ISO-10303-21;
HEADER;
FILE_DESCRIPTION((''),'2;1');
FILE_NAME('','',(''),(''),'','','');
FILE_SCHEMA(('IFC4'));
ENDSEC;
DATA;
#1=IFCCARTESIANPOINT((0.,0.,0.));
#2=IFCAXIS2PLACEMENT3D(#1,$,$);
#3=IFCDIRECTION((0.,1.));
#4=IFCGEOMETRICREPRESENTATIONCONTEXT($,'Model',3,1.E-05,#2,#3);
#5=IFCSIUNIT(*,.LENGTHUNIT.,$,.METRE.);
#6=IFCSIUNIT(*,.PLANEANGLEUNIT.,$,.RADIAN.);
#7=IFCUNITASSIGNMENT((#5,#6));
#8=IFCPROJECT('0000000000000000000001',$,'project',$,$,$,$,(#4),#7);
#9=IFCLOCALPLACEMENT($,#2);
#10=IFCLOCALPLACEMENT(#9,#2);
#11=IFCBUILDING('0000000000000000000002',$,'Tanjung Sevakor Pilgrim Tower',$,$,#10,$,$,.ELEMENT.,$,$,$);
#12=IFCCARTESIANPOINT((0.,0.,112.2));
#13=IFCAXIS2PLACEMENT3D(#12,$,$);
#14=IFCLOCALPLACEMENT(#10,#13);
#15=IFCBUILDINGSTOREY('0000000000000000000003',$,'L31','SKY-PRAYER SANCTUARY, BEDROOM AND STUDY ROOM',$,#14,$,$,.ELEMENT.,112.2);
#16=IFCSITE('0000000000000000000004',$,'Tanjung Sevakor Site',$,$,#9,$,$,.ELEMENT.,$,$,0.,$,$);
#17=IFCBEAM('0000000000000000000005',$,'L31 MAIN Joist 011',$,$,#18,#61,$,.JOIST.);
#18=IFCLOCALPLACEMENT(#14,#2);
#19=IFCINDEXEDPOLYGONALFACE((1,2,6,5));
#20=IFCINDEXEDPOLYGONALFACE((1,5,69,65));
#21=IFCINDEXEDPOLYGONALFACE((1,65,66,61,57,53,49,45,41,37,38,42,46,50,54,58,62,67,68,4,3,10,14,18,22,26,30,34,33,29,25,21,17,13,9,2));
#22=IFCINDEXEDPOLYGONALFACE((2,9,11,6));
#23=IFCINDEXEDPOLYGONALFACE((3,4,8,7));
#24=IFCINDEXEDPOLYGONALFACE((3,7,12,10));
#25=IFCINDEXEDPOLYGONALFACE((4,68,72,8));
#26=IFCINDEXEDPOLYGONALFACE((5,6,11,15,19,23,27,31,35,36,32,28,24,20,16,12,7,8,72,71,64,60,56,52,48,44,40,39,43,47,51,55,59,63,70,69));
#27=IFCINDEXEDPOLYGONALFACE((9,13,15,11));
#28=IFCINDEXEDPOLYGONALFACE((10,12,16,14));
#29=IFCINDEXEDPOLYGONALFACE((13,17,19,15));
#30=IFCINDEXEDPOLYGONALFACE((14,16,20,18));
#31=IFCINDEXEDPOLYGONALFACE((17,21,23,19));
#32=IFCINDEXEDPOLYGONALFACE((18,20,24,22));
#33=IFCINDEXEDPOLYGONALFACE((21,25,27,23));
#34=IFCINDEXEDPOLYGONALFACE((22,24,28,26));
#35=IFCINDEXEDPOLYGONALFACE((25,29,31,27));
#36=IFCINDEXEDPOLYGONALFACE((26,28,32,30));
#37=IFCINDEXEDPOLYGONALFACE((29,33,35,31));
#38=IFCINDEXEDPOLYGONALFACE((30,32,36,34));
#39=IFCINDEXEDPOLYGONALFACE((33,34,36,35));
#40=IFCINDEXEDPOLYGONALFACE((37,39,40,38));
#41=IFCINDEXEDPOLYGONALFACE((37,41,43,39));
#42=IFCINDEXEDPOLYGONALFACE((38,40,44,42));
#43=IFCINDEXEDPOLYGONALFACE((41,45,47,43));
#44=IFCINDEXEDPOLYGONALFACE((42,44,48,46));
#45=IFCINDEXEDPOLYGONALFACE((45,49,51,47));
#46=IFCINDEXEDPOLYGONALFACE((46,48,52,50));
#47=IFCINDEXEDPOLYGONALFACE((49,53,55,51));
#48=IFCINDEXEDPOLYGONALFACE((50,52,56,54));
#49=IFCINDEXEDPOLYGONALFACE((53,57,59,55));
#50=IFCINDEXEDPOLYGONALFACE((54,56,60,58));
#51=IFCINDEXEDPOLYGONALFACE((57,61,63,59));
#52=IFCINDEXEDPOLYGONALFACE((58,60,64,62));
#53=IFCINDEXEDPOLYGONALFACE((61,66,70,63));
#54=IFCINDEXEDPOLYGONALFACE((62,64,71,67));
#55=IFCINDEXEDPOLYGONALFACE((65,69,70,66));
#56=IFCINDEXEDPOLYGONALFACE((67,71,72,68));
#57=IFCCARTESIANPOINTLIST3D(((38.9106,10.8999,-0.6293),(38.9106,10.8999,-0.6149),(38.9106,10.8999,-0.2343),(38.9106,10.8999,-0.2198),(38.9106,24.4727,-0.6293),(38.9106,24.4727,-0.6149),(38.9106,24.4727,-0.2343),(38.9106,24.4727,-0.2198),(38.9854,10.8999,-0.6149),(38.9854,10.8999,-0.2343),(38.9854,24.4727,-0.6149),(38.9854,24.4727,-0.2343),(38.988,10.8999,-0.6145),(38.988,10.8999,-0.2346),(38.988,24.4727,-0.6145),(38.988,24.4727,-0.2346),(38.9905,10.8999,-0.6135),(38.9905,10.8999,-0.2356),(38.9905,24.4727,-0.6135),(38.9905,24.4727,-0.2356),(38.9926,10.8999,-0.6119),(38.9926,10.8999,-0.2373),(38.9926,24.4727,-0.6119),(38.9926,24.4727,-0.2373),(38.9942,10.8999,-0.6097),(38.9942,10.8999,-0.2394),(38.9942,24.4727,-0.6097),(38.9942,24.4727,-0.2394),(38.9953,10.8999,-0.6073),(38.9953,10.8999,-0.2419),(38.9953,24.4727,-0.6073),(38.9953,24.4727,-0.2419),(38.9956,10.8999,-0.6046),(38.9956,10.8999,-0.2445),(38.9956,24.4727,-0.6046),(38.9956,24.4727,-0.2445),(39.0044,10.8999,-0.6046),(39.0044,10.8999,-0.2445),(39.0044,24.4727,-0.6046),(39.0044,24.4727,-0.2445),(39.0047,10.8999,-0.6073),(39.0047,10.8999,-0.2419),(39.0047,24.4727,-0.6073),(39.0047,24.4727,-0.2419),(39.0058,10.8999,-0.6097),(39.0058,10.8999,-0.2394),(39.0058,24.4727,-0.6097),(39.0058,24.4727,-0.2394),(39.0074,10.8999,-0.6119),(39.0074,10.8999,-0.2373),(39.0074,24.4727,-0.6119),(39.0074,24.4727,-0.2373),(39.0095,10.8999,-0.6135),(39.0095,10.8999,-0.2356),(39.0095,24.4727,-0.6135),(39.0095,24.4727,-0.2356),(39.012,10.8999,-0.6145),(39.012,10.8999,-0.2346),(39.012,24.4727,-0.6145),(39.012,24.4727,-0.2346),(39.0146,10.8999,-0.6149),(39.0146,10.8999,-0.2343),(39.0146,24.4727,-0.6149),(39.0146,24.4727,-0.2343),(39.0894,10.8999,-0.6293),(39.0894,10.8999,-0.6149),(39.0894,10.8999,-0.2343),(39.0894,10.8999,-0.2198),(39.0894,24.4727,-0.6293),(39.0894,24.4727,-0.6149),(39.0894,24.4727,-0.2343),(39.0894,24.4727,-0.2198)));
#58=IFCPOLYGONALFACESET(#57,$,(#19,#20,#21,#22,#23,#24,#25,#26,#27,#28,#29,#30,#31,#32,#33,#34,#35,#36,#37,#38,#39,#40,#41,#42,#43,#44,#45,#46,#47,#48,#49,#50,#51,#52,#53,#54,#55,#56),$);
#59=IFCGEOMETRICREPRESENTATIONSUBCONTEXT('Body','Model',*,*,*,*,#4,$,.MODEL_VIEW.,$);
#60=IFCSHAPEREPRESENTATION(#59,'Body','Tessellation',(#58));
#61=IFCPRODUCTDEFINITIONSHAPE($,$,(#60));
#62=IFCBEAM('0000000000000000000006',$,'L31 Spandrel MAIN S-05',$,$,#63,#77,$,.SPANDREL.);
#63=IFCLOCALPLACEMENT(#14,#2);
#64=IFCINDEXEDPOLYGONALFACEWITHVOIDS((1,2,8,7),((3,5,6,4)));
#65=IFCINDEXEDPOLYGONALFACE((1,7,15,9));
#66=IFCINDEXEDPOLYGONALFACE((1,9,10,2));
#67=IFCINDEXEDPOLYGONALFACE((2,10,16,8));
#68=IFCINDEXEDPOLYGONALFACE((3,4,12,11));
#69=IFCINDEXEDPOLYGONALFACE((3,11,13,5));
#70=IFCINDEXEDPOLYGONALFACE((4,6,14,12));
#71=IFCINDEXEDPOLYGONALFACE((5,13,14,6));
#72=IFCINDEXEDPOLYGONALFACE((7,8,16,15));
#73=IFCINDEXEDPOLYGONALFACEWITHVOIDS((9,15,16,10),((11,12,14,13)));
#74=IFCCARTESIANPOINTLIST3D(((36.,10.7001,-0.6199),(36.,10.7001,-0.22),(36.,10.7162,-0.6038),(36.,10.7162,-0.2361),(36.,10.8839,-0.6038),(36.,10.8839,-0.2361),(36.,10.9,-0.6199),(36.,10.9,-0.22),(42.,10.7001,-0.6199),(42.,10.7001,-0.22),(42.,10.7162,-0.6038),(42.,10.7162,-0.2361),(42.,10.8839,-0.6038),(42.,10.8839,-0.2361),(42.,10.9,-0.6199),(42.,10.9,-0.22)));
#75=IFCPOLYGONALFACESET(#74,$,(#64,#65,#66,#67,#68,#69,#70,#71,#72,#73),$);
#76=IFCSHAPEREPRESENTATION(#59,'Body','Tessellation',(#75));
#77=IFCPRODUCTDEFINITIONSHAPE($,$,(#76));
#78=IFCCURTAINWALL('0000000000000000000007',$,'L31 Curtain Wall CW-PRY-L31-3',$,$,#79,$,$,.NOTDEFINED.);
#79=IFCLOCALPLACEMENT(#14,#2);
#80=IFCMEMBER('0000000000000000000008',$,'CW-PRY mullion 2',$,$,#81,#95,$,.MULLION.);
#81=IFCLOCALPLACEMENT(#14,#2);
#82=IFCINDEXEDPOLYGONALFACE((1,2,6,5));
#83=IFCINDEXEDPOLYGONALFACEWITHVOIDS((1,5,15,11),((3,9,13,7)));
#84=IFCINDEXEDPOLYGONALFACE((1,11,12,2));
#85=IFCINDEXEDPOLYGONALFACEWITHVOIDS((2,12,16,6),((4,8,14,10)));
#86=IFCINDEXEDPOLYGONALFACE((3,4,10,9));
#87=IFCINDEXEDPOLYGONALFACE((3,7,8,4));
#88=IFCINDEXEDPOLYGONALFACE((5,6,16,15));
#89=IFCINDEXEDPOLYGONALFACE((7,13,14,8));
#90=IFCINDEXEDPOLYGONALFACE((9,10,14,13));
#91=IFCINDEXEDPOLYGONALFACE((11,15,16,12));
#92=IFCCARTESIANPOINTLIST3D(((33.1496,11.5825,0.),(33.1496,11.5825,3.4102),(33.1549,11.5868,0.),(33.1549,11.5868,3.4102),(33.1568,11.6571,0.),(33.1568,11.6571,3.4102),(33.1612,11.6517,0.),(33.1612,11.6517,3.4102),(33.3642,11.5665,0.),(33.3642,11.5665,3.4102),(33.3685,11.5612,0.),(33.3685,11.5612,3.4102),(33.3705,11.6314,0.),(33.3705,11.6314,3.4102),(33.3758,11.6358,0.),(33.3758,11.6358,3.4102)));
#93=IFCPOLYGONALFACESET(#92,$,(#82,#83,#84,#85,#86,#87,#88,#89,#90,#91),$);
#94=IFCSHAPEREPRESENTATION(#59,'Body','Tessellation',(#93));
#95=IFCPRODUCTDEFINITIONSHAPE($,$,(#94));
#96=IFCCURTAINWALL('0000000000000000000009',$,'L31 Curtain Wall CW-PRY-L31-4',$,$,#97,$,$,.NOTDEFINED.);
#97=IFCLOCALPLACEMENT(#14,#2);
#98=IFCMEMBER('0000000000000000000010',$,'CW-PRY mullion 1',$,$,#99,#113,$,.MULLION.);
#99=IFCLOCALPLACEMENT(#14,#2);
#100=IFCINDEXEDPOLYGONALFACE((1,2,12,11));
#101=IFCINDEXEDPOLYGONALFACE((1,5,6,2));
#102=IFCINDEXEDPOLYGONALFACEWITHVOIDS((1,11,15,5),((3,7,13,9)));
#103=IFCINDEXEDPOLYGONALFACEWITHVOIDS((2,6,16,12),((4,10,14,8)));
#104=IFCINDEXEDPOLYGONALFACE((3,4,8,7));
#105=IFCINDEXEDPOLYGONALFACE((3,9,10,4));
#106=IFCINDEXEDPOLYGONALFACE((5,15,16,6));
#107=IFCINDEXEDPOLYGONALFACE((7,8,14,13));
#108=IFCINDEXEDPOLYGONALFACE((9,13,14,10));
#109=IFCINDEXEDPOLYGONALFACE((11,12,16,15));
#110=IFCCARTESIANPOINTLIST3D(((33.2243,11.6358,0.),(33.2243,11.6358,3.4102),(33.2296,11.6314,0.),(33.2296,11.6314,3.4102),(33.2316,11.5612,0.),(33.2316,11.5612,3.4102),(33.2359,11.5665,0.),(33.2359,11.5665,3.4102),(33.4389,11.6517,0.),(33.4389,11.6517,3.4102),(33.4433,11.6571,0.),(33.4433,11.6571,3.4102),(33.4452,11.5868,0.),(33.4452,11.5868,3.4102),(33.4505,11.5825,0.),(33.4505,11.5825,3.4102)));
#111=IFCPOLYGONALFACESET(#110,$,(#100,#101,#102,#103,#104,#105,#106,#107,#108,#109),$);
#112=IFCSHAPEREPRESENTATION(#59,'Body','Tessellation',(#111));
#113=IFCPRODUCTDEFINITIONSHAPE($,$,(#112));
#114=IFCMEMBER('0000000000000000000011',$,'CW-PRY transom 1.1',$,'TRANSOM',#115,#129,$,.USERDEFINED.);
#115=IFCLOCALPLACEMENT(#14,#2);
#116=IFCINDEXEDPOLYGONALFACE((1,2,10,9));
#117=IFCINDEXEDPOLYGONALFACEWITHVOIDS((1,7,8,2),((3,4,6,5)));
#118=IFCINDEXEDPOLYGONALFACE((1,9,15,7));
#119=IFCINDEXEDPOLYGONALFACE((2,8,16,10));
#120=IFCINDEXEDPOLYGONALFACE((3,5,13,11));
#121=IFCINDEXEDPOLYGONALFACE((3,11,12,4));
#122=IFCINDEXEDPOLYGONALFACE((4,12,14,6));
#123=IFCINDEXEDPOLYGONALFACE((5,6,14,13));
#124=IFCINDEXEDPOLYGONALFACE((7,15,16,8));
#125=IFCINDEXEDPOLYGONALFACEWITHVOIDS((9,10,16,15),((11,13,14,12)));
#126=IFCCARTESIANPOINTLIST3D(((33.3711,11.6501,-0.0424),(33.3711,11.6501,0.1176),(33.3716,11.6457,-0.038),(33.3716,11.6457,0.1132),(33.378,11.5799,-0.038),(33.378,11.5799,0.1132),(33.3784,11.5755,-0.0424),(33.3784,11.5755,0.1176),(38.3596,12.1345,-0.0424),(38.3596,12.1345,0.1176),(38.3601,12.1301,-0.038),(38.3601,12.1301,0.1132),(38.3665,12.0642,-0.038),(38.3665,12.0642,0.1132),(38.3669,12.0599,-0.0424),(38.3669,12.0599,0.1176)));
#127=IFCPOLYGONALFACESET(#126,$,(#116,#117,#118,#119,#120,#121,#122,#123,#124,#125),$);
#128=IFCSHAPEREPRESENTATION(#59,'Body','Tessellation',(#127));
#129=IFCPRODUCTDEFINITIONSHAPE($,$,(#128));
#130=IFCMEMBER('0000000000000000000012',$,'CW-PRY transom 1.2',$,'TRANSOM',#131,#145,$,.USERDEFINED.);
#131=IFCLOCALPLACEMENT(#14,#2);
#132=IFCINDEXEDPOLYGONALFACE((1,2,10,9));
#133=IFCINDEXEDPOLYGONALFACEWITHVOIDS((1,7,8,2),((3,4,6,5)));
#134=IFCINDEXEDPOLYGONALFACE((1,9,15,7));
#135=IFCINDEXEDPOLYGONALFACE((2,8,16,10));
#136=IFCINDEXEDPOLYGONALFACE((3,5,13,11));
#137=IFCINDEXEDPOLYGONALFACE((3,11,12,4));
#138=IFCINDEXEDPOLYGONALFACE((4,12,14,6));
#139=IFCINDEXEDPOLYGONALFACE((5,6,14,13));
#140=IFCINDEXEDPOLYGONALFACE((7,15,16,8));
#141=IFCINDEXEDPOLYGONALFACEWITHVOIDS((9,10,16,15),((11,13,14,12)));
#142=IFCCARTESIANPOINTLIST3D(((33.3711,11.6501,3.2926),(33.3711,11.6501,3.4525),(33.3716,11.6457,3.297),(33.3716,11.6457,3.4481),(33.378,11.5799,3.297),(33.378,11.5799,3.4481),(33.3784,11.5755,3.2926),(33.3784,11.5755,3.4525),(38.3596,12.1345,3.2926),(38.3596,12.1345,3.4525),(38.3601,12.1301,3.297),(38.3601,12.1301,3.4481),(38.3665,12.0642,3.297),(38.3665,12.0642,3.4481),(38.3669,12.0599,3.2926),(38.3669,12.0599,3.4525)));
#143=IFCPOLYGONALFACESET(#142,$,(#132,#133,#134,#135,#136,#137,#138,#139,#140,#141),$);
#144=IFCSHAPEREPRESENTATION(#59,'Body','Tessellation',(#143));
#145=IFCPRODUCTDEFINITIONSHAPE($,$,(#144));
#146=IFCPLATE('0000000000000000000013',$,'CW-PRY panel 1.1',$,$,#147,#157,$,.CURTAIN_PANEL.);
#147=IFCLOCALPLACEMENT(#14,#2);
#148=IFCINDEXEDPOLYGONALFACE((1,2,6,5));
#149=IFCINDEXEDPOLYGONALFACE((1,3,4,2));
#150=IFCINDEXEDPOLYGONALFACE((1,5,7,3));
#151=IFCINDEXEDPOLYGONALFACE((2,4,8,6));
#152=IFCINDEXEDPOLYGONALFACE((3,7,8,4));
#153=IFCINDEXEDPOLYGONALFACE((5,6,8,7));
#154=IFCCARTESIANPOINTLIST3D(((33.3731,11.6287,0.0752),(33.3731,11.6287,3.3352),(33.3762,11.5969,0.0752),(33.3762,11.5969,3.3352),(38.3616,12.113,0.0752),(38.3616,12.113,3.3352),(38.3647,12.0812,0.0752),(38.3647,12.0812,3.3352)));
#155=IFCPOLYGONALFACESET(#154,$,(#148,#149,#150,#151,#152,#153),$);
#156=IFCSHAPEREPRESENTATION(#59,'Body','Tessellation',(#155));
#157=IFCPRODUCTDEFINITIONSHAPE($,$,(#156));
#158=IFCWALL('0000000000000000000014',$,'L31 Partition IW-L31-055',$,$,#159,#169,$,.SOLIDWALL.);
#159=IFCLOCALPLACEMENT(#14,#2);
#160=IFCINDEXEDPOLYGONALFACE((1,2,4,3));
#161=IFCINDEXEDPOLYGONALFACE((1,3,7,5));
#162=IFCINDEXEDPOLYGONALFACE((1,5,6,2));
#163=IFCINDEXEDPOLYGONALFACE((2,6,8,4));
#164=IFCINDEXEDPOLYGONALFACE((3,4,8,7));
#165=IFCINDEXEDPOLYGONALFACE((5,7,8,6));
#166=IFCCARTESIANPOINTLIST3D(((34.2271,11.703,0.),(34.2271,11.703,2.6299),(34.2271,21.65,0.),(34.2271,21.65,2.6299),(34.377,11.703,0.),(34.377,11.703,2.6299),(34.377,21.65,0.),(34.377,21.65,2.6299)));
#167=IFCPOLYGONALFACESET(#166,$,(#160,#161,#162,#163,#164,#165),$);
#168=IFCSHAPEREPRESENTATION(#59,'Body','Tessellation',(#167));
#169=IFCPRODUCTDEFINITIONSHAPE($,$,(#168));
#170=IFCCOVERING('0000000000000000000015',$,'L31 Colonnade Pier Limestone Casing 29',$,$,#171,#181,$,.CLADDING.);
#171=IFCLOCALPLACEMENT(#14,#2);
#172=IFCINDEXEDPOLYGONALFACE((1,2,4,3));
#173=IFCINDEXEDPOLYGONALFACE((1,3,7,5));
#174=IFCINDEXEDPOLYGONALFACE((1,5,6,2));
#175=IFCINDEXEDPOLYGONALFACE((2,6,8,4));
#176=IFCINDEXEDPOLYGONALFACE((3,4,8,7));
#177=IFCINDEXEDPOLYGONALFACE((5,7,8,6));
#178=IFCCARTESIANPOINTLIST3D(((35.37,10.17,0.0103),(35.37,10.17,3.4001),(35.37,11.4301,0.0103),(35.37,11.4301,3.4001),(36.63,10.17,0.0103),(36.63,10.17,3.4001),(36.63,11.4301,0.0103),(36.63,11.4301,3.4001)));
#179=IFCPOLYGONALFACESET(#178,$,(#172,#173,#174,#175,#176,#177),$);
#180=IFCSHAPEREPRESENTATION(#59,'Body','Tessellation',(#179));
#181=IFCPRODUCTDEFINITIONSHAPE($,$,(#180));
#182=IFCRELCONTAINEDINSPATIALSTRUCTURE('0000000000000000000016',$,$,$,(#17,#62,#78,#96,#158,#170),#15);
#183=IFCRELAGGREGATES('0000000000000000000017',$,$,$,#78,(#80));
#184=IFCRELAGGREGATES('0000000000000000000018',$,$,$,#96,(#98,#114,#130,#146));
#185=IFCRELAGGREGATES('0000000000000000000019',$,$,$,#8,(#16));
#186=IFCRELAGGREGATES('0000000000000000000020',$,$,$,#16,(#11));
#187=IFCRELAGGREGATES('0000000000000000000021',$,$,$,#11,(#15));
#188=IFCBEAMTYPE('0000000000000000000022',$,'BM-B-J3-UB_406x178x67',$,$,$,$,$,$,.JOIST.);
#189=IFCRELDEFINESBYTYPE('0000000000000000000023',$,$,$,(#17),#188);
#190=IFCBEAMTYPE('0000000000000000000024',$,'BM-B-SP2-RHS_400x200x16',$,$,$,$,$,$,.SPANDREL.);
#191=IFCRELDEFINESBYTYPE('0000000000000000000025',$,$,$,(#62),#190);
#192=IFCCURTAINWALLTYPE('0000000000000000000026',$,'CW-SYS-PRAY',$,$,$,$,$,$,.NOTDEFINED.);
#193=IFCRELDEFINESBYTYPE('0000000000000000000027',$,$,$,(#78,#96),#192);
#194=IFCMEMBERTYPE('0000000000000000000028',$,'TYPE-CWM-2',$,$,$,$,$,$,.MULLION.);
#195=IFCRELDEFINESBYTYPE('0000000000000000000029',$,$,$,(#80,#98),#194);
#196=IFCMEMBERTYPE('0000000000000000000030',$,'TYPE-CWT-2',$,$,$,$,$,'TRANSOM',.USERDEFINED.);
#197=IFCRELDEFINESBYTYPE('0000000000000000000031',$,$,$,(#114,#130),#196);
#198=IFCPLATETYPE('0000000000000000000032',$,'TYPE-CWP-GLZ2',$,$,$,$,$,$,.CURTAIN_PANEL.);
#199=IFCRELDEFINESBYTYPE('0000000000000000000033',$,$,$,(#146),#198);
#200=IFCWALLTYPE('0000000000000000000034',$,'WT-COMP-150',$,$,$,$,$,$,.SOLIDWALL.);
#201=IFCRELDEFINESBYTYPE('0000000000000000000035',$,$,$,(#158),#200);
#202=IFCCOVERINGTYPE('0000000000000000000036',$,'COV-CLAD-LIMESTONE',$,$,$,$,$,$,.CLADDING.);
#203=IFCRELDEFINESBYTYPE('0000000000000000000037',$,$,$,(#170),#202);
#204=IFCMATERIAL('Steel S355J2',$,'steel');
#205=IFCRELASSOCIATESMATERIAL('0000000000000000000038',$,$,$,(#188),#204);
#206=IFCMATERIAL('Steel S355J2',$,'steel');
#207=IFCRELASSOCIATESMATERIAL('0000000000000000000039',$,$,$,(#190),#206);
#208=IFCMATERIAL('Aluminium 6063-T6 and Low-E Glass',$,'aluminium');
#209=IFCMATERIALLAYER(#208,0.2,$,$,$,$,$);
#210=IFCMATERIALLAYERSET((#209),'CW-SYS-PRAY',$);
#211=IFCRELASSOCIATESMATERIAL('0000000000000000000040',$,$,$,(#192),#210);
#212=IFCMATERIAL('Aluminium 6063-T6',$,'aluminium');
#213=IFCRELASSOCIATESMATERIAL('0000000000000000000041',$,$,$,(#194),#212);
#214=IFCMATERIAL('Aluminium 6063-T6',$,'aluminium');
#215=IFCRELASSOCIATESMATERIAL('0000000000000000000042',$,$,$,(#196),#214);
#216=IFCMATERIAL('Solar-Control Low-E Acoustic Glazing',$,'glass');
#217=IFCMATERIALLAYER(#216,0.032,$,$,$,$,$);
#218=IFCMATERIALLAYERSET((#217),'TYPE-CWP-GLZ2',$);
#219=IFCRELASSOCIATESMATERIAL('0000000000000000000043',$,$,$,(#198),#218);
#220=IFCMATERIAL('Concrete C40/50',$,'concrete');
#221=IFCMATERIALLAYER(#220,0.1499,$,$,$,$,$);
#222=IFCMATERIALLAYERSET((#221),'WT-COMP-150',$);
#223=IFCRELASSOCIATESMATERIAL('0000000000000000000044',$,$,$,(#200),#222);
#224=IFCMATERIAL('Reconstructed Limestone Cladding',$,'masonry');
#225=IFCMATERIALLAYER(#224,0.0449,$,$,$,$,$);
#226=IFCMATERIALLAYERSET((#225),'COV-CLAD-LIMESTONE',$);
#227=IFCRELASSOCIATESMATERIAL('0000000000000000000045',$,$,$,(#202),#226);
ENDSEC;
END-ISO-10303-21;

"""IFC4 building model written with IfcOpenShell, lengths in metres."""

from ifc_helpers import new_model, si_unit, direction, frame, frame_2d, origin, origin_2d, place, context, subcontext, project, spatial, rectangle, hollow_rectangle, i_section, extrude, material, layer, layer_set, material_profile, profile_set, type_object, element, aggregate, save


model = new_model("IFC4")

# Units and contexts
model_context = context("Model", 3, precision=1e-05, world=origin(), true_north=direction((0.0, 1.0)))
body_context = subcontext(model_context, "Body", "Model", "MODEL_VIEW")
ifc_project = project(units=[si_unit("LENGTHUNIT", "METRE"), si_unit("PLANEANGLEUNIT", "RADIAN")], contexts=[model_context])

# Site, building, storey
site_placement = place(None, origin())
site = spatial("IfcSite", under=ifc_project, at=site_placement, Name="Tanjung Sevakor Site", CompositionType="ELEMENT", RefElevation=0.0)
building_placement = place(site_placement, origin())
building = spatial("IfcBuilding", under=site, at=building_placement, Name="Tanjung Sevakor Pilgrim Tower", CompositionType="ELEMENT")
storey_placement = place(building_placement, frame((0.0, 0.0, 112.2)))
storey = spatial("IfcBuildingStorey", under=building, at=storey_placement, Name="L31", Description="SKY-PRAYER SANCTUARY, BEDROOM AND STUDY ROOM", CompositionType="ELEMENT", Elevation=112.2)

# Beams
ifc_material_1 = material(Name="Steel S355J2", Category="steel")
ifc_material_profile_1 = material_profile(ifc_material_1, i_section(OverallWidth=0.1787, OverallDepth=0.4094, WebThickness=0.0088, FlangeThickness=0.0144, FilletRadius=0.0103, at=origin_2d()))
ifc_profile_set_1 = profile_set([ifc_material_profile_1], Name="Steel S355J2")
beam_type_1 = type_object("IfcBeamType", Name="BM-B-J3-UB_406x178x67", PredefinedType="JOIST", material=ifc_profile_set_1)
for number, where, z_axis, x_axis, name in (
    (1, (39.0, 10.8999, -0.4246), (0.0, 1.0, 0.0), (-1.0, 0.0, 0.0), "L31 MAIN Joist 011"),
):
    element("IfcBeam", number, at=place(storey_placement, frame(where, z_axis=z_axis, x_axis=x_axis)), inside=storey, type_object=beam_type_1, Name=name, PredefinedType="JOIST", context=body_context, shape_type="SweptSolid", body=[
        extrude(i_section(OverallWidth=0.1787, OverallDepth=0.4094, WebThickness=0.0088, FlangeThickness=0.0144, FilletRadius=0.0103, at=origin_2d()), origin(), (0.0, 0.0, 1.0), 13.5728),
    ])
ifc_material_2 = material(Name="Steel S355J2", Category="steel")
ifc_material_profile_2 = material_profile(ifc_material_2, hollow_rectangle(XDim=0.2, YDim=0.3999, WallThickness=0.0161, at=origin_2d()))
ifc_profile_set_2 = profile_set([ifc_material_profile_2], Name="Steel S355J2")
beam_type_2 = type_object("IfcBeamType", Name="BM-B-SP2-RHS_400x200x16", PredefinedType="SPANDREL", material=ifc_profile_set_2)
beam_1_placement = place(storey_placement, frame((36.0, 10.8, -0.4199), z_axis=(1.0, 0.0, 0.0), x_axis=(0.0, 1.0, 0.0)))
element("IfcBeam", 2, at=beam_1_placement, inside=storey, type_object=beam_type_2, Name="L31 Spandrel MAIN S-05", PredefinedType="SPANDREL", context=body_context, shape_type="SweptSolid", body=[
    extrude(hollow_rectangle(XDim=0.2, YDim=0.3999, WallThickness=0.0161, at=origin_2d()), origin(), (0.0, 0.0, 1.0), 6.0),
])

# Curtain wall, member
ifc_material_3 = material(Name="Aluminium 6063-T6 and Low-E Glass", Category="aluminium")
ifc_layer_1 = layer(ifc_material_3, 0.2)
ifc_layer_set_1 = layer_set([ifc_layer_1], Name="CW-SYS-PRAY")
curtain_wall_type = type_object("IfcCurtainWallType", Name="CW-SYS-PRAY", PredefinedType="NOTDEFINED", material=ifc_layer_set_1)
curtain_wall_1_placement = place(storey_placement, origin())
curtain_wall_1 = element("IfcCurtainWall", 3, at=curtain_wall_1_placement, inside=storey, type_object=curtain_wall_type, Name="L31 Curtain Wall CW-PRY-L31-3", PredefinedType="NOTDEFINED")
ifc_material_4 = material(Name="Aluminium 6063-T6", Category="aluminium")
ifc_material_profile_3 = material_profile(ifc_material_4, hollow_rectangle(XDim=0.075, YDim=0.22, WallThickness=0.0049, at=origin_2d()))
ifc_profile_set_3 = profile_set([ifc_material_profile_3], Name="Aluminium 6063-T6")
member_type_1 = type_object("IfcMemberType", Name="TYPE-CWM-2", PredefinedType="MULLION", material=ifc_profile_set_3)
member_1_placement = place(storey_placement, frame((33.2627, 11.6091, 0.0), z_axis=(0.0, 0.0, 1.0), x_axis=(0.096628, 0.995321, 0.0)))
member_1 = element("IfcMember", 4, at=member_1_placement, type_object=member_type_1, Name="CW-PRY mullion 2", PredefinedType="MULLION", context=body_context, shape_type="SweptSolid", body=[
    extrude(hollow_rectangle(XDim=0.075, YDim=0.22, WallThickness=0.0049, at=origin_2d()), origin(), (0.0, 0.0, 1.0), 3.4102),
])
aggregate(curtain_wall_1, [member_1])

# Curtain wall, members, plate
curtain_wall_2_placement = place(storey_placement, origin())
curtain_wall_2 = element("IfcCurtainWall", 5, at=curtain_wall_2_placement, inside=storey, type_object=curtain_wall_type, Name="L31 Curtain Wall CW-PRY-L31-4", PredefinedType="NOTDEFINED")
member_2_placement = place(storey_placement, frame((33.3374, 11.6091, 0.0), z_axis=(0.0, 0.0, 1.0), x_axis=(-0.096628, 0.995321, 0.0)))
member_2 = element("IfcMember", 6, at=member_2_placement, type_object=member_type_1, Name="CW-PRY mullion 1", PredefinedType="MULLION", context=body_context, shape_type="SweptSolid", body=[
    extrude(hollow_rectangle(XDim=0.075, YDim=0.22, WallThickness=0.0049, at=origin_2d()), origin(), (0.0, 0.0, 1.0), 3.4102),
])
ifc_material_5 = material(Name="Aluminium 6063-T6", Category="aluminium")
ifc_material_profile_4 = material_profile(ifc_material_5, hollow_rectangle(XDim=0.075, YDim=0.1599, WallThickness=0.0044, at=origin_2d()))
ifc_profile_set_4 = profile_set([ifc_material_profile_4], Name="Aluminium 6063-T6")
member_type_2 = type_object("IfcMemberType", Name="TYPE-CWT-2", ElementType="TRANSOM", PredefinedType="USERDEFINED", material=ifc_profile_set_4)
member_3_placement = place(storey_placement, frame((33.3748, 11.6128, 0.0376), z_axis=(0.995319, 0.096643, 0.0), x_axis=(-0.096643, 0.995319, 0.0)))
member_3 = element("IfcMember", 7, at=member_3_placement, type_object=member_type_2, Name="CW-PRY transom 1.1", ObjectType="TRANSOM", PredefinedType="USERDEFINED", context=body_context, shape_type="SweptSolid", body=[
    extrude(hollow_rectangle(XDim=0.075, YDim=0.1599, WallThickness=0.0044, at=origin_2d()), origin(), (0.0, 0.0, 1.0), 5.012),
])
member_4_placement = place(storey_placement, frame((33.3748, 11.6128, 3.3726), z_axis=(0.995319, 0.096643, 0.0), x_axis=(-0.096643, 0.995319, 0.0)))
member_4 = element("IfcMember", 8, at=member_4_placement, type_object=member_type_2, Name="CW-PRY transom 1.2", ObjectType="TRANSOM", PredefinedType="USERDEFINED", context=body_context, shape_type="SweptSolid", body=[
    extrude(hollow_rectangle(XDim=0.075, YDim=0.1599, WallThickness=0.0044, at=origin_2d()), origin(), (0.0, 0.0, 1.0), 5.012),
])
ifc_material_6 = material(Name="Solar-Control Low-E Acoustic Glazing", Category="glass")
ifc_layer_2 = layer(ifc_material_6, 0.032)
ifc_layer_set_2 = layer_set([ifc_layer_2], Name="TYPE-CWP-GLZ2")
plate_type = type_object("IfcPlateType", Name="TYPE-CWP-GLZ2", PredefinedType="CURTAIN_PANEL", material=ifc_layer_set_2)
plate_placement = place(storey_placement, frame((35.8689, 11.855, 0.0752), z_axis=(0.0, 0.0, 1.0), x_axis=(0.995321, 0.096628, 0.0)))
plate = element("IfcPlate", 9, at=plate_placement, type_object=plate_type, Name="CW-PRY panel 1.1", PredefinedType="CURTAIN_PANEL", context=body_context, shape_type="SweptSolid", body=[
    extrude(rectangle(XDim=5.012, YDim=0.032, at=origin_2d()), origin(), (0.0, 0.0, 1.0), 3.26),
])
aggregate(curtain_wall_2, [member_2, member_3, member_4, plate])

# Wall
ifc_material_7 = material(Name="Concrete C40/50", Category="concrete")
ifc_layer_3 = layer(ifc_material_7, 0.1499)
ifc_layer_set_3 = layer_set([ifc_layer_3], Name="WT-COMP-150")
wall_type = type_object("IfcWallType", Name="WT-COMP-150", PredefinedType="SOLIDWALL", material=ifc_layer_set_3)
wall_placement = place(storey_placement, frame((34.302, 11.7029, 0.0), z_axis=(0.0, 0.0, 1.0), x_axis=(0.0, 1.0, 0.0)))
element("IfcWall", 10, at=wall_placement, inside=storey, type_object=wall_type, Name="L31 Partition IW-L31-055", PredefinedType="SOLIDWALL", context=body_context, shape_type="SweptSolid", body=[
    extrude(rectangle(XDim=9.947, YDim=0.1499, at=frame_2d((4.9736, 0.0))), origin(), (0.0, 0.0, 1.0), 2.6299),
])

# Covering
ifc_material_8 = material(Name="Reconstructed Limestone Cladding", Category="masonry")
ifc_layer_4 = layer(ifc_material_8, 0.0449)
ifc_layer_set_4 = layer_set([ifc_layer_4], Name="COV-CLAD-LIMESTONE")
covering_type = type_object("IfcCoveringType", Name="COV-CLAD-LIMESTONE", PredefinedType="CLADDING", material=ifc_layer_set_4)
for number, where, z_axis, x_axis, name in (
    (11, (36.0, 10.8, 0.0103), (0.0, 0.0, 1.0), (1.0, 0.0, 0.0), "L31 Colonnade Pier Limestone Casing 29"),
):
    element("IfcCovering", number, at=place(storey_placement, frame(where, z_axis=z_axis, x_axis=x_axis)), inside=storey, type_object=covering_type, Name=name, PredefinedType="CLADDING", context=body_context, shape_type="SweptSolid", body=[
        extrude(rectangle(XDim=1.26, YDim=1.26, at=origin_2d()), origin(), (0.0, 0.0, 1.0), 3.3899),
    ])

save(model, "model.ifc")
